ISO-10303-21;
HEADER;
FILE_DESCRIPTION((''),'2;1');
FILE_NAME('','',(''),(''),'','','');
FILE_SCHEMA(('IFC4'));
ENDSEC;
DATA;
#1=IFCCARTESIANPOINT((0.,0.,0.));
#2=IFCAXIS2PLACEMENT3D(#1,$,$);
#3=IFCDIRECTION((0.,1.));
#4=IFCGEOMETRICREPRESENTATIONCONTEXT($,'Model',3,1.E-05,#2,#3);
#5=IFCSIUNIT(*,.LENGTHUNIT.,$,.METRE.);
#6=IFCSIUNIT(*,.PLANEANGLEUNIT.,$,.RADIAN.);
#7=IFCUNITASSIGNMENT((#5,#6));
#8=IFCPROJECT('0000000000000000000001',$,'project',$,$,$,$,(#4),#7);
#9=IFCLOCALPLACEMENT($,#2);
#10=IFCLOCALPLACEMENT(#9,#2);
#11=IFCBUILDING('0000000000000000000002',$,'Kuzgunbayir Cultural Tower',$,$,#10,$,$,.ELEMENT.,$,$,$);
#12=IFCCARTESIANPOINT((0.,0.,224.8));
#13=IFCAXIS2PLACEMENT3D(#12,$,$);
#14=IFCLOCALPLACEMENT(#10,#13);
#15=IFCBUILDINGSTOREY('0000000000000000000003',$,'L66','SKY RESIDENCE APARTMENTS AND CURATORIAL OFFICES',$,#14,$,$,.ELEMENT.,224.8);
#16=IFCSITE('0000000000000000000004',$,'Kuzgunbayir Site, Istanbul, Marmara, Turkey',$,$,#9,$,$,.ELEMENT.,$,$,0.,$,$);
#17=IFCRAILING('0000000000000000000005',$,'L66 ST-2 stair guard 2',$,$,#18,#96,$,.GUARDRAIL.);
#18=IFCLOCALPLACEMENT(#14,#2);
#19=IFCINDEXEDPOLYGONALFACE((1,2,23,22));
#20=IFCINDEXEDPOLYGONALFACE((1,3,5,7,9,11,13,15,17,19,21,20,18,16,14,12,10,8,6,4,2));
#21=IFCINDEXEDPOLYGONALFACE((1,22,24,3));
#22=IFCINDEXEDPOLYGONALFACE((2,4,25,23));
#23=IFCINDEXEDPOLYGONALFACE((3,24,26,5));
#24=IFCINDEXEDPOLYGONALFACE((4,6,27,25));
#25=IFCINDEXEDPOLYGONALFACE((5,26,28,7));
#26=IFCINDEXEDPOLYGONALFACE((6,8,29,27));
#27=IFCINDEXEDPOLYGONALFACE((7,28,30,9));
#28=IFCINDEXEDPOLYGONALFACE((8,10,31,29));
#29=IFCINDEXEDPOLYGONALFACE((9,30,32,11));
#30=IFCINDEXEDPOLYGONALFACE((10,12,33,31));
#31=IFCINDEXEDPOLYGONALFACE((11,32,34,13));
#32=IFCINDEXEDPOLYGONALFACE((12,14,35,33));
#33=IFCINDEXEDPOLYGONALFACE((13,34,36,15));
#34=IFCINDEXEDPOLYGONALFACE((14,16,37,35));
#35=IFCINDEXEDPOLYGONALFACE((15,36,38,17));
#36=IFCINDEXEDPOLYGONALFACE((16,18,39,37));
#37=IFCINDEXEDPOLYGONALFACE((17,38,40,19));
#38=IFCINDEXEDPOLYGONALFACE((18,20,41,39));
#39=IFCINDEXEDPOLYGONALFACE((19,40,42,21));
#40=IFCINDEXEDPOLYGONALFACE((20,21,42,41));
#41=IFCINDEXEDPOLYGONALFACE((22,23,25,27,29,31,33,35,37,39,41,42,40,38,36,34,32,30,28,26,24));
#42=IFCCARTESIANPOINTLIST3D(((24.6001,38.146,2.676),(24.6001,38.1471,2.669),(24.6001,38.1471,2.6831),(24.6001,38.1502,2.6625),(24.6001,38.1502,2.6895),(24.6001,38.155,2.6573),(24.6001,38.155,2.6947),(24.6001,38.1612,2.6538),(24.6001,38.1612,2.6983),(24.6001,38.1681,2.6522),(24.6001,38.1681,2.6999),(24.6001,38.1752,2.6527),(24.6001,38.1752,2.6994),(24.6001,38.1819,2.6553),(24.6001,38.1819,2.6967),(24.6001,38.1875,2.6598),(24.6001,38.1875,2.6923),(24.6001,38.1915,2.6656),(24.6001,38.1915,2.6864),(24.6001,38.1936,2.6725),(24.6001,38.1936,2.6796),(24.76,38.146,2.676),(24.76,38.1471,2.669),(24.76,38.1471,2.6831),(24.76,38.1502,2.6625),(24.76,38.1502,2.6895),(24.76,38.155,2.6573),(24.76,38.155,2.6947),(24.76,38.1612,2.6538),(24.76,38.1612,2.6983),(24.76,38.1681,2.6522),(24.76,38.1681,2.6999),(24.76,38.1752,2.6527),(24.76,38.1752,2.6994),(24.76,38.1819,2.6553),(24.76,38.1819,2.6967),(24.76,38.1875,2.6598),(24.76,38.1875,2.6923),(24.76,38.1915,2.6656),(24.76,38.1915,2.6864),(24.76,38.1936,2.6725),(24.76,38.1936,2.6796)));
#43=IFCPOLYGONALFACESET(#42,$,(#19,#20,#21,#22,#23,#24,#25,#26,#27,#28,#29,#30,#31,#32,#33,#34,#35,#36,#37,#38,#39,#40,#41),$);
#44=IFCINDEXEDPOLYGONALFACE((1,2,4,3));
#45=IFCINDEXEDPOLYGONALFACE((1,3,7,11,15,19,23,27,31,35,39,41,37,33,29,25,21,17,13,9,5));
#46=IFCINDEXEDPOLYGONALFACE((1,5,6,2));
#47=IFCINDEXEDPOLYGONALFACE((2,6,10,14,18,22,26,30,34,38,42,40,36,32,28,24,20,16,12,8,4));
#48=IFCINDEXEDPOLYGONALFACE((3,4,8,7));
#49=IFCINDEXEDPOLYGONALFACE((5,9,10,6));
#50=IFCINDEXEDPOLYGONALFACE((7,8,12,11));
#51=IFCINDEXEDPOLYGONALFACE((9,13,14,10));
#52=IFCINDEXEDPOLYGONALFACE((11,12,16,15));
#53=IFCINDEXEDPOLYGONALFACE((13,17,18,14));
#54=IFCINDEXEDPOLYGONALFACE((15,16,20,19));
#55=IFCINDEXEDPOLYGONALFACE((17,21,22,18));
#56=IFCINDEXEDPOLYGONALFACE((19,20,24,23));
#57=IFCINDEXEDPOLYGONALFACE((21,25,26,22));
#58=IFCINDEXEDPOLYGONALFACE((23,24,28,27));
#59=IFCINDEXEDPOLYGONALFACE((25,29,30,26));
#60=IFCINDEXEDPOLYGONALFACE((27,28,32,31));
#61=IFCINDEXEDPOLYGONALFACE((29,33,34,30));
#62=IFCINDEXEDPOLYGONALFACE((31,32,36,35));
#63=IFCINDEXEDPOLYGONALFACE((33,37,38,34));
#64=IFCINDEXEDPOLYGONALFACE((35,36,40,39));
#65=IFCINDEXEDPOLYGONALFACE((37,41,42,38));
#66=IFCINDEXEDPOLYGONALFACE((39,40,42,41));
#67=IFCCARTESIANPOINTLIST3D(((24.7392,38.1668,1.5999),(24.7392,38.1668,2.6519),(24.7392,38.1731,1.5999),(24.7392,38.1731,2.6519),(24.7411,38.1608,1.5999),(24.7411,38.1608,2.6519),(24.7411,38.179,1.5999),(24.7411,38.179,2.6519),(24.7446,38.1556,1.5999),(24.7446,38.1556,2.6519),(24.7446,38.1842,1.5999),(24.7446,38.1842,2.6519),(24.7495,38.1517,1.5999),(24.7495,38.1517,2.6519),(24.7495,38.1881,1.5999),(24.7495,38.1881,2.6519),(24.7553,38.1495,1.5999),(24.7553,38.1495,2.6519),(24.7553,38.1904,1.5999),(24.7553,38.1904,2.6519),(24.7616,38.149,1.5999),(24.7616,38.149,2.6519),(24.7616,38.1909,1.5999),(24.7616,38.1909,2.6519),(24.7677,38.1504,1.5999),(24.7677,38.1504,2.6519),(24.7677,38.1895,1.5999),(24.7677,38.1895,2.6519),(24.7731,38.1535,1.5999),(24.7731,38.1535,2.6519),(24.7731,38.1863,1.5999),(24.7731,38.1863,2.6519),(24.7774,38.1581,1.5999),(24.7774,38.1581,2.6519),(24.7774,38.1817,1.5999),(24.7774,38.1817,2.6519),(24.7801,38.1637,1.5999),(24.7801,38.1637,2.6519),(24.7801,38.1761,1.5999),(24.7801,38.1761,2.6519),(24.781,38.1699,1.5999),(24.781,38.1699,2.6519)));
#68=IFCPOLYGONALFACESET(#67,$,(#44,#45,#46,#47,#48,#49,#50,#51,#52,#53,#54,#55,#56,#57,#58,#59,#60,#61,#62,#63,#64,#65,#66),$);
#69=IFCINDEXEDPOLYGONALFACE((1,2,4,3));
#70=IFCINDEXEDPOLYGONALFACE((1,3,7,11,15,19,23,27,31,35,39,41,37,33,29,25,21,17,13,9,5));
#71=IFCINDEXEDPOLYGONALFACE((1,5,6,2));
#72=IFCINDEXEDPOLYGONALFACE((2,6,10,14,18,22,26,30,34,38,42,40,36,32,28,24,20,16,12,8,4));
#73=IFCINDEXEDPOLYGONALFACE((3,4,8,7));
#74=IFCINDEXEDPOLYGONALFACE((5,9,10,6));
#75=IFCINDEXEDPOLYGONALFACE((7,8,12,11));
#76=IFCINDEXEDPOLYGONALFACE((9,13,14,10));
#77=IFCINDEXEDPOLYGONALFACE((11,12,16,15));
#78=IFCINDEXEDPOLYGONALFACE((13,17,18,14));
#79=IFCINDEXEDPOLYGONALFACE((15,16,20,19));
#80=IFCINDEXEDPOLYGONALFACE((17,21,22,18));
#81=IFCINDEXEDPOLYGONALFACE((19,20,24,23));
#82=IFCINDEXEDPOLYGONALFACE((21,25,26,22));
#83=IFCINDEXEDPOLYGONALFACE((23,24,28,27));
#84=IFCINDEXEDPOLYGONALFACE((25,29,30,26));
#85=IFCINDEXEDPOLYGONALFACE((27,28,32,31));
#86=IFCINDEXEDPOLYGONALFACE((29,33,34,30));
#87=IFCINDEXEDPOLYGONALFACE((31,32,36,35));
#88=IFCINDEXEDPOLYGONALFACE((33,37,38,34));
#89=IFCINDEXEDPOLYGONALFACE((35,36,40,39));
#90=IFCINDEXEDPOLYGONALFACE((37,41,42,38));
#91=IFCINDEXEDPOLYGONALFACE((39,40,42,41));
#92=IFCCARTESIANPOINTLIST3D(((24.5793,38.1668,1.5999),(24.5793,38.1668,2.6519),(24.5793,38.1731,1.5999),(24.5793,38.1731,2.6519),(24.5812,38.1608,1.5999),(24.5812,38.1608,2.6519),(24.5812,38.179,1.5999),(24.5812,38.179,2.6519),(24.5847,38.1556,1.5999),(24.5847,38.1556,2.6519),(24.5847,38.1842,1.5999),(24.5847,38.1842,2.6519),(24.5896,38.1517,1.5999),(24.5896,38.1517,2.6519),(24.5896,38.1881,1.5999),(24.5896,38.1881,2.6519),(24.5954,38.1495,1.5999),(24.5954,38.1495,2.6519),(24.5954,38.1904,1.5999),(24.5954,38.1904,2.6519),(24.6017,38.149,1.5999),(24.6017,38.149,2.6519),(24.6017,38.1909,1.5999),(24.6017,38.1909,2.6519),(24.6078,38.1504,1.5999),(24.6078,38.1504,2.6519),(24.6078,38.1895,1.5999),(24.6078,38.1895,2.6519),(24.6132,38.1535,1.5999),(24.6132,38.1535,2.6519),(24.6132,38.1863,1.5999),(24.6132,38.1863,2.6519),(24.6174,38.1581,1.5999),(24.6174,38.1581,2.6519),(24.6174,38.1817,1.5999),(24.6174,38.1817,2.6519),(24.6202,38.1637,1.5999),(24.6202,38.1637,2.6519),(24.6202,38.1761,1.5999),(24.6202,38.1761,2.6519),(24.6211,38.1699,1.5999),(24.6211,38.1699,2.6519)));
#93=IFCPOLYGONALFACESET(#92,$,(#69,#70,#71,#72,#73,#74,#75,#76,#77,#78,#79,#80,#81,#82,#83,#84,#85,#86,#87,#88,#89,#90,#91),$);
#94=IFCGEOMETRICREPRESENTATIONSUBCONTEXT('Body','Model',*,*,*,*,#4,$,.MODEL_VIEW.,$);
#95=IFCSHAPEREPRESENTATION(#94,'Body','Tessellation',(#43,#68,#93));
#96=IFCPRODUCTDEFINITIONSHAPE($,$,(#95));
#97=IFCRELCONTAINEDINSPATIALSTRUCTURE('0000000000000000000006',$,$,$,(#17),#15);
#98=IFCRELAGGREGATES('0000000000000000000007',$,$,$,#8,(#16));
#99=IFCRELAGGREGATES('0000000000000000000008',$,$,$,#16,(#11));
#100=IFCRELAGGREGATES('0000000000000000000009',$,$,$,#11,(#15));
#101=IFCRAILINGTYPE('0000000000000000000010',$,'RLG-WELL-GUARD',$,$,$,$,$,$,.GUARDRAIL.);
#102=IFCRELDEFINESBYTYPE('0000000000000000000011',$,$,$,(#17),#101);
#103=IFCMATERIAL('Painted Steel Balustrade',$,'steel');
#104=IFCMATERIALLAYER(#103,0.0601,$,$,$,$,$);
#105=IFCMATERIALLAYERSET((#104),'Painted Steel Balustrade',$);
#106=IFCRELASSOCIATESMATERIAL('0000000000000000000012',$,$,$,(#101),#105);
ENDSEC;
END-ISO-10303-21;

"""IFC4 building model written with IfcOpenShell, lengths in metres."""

from ifc_helpers import new_model, si_unit, direction, frame, origin, origin_2d, place, context, subcontext, project, spatial, circle, extrude, material, layer, layer_set, type_object, element, save


model = new_model("IFC4")

# Units and contexts
model_context = context("Model", 3, precision=1e-05, world=origin(), true_north=direction((0.0, 1.0)))
body_context = subcontext(model_context, "Body", "Model", "MODEL_VIEW")
ifc_project = project(units=[si_unit("LENGTHUNIT", "METRE"), si_unit("PLANEANGLEUNIT", "RADIAN")], contexts=[model_context])

# Site, building, storey
site_placement = place(None, origin())
site = spatial("IfcSite", under=ifc_project, at=site_placement, Name="Kuzgunbayir Site, Istanbul, Marmara, Turkey", CompositionType="ELEMENT", RefElevation=0.0)
building_placement = place(site_placement, origin())
building = spatial("IfcBuilding", under=site, at=building_placement, Name="Kuzgunbayir Cultural Tower", CompositionType="ELEMENT")
storey_placement = place(building_placement, frame((0.0, 0.0, 224.8)))
storey = spatial("IfcBuildingStorey", under=building, at=storey_placement, Name="L66", Description="SKY RESIDENCE APARTMENTS AND CURATORIAL OFFICES", CompositionType="ELEMENT", Elevation=224.8)

# Railing
ifc_material_1 = material(Name="Painted Steel Balustrade", Category="steel")
ifc_layer_1 = layer(ifc_material_1, 0.0601)
ifc_layer_set_1 = layer_set([ifc_layer_1], Name="Painted Steel Balustrade")
railing_type_1 = type_object("IfcRailingType", Name="RLG-WELL-GUARD", PredefinedType="GUARDRAIL", material=ifc_layer_set_1)
railing_1_placement = place(storey_placement, frame((24.76, 38.1699, 1.5999)))
element("IfcRailing", 1, at=railing_1_placement, inside=storey, type_object=railing_type_1, Name="L66 ST-2 stair guard 2", PredefinedType="GUARDRAIL", context=body_context, shape_type="SweptSolid", body=[
    extrude(circle(Radius=0.0239, at=origin_2d()), frame((0.0, 0.0, 1.0762), z_axis=(-1.0, 0.0, 0.0), x_axis=(0.0, -1.0, 0.0)), (0.0, 0.0, 1.0), 0.1599),
    extrude(circle(Radius=0.021, at=origin_2d()), origin(), (0.0, 0.0, 1.0), 1.052),
    extrude(circle(Radius=0.021, at=origin_2d()), frame((-0.1599, 0.0, 0.0)), (0.0, 0.0, 1.0), 1.052),
])

save(model, "model.ifc")
